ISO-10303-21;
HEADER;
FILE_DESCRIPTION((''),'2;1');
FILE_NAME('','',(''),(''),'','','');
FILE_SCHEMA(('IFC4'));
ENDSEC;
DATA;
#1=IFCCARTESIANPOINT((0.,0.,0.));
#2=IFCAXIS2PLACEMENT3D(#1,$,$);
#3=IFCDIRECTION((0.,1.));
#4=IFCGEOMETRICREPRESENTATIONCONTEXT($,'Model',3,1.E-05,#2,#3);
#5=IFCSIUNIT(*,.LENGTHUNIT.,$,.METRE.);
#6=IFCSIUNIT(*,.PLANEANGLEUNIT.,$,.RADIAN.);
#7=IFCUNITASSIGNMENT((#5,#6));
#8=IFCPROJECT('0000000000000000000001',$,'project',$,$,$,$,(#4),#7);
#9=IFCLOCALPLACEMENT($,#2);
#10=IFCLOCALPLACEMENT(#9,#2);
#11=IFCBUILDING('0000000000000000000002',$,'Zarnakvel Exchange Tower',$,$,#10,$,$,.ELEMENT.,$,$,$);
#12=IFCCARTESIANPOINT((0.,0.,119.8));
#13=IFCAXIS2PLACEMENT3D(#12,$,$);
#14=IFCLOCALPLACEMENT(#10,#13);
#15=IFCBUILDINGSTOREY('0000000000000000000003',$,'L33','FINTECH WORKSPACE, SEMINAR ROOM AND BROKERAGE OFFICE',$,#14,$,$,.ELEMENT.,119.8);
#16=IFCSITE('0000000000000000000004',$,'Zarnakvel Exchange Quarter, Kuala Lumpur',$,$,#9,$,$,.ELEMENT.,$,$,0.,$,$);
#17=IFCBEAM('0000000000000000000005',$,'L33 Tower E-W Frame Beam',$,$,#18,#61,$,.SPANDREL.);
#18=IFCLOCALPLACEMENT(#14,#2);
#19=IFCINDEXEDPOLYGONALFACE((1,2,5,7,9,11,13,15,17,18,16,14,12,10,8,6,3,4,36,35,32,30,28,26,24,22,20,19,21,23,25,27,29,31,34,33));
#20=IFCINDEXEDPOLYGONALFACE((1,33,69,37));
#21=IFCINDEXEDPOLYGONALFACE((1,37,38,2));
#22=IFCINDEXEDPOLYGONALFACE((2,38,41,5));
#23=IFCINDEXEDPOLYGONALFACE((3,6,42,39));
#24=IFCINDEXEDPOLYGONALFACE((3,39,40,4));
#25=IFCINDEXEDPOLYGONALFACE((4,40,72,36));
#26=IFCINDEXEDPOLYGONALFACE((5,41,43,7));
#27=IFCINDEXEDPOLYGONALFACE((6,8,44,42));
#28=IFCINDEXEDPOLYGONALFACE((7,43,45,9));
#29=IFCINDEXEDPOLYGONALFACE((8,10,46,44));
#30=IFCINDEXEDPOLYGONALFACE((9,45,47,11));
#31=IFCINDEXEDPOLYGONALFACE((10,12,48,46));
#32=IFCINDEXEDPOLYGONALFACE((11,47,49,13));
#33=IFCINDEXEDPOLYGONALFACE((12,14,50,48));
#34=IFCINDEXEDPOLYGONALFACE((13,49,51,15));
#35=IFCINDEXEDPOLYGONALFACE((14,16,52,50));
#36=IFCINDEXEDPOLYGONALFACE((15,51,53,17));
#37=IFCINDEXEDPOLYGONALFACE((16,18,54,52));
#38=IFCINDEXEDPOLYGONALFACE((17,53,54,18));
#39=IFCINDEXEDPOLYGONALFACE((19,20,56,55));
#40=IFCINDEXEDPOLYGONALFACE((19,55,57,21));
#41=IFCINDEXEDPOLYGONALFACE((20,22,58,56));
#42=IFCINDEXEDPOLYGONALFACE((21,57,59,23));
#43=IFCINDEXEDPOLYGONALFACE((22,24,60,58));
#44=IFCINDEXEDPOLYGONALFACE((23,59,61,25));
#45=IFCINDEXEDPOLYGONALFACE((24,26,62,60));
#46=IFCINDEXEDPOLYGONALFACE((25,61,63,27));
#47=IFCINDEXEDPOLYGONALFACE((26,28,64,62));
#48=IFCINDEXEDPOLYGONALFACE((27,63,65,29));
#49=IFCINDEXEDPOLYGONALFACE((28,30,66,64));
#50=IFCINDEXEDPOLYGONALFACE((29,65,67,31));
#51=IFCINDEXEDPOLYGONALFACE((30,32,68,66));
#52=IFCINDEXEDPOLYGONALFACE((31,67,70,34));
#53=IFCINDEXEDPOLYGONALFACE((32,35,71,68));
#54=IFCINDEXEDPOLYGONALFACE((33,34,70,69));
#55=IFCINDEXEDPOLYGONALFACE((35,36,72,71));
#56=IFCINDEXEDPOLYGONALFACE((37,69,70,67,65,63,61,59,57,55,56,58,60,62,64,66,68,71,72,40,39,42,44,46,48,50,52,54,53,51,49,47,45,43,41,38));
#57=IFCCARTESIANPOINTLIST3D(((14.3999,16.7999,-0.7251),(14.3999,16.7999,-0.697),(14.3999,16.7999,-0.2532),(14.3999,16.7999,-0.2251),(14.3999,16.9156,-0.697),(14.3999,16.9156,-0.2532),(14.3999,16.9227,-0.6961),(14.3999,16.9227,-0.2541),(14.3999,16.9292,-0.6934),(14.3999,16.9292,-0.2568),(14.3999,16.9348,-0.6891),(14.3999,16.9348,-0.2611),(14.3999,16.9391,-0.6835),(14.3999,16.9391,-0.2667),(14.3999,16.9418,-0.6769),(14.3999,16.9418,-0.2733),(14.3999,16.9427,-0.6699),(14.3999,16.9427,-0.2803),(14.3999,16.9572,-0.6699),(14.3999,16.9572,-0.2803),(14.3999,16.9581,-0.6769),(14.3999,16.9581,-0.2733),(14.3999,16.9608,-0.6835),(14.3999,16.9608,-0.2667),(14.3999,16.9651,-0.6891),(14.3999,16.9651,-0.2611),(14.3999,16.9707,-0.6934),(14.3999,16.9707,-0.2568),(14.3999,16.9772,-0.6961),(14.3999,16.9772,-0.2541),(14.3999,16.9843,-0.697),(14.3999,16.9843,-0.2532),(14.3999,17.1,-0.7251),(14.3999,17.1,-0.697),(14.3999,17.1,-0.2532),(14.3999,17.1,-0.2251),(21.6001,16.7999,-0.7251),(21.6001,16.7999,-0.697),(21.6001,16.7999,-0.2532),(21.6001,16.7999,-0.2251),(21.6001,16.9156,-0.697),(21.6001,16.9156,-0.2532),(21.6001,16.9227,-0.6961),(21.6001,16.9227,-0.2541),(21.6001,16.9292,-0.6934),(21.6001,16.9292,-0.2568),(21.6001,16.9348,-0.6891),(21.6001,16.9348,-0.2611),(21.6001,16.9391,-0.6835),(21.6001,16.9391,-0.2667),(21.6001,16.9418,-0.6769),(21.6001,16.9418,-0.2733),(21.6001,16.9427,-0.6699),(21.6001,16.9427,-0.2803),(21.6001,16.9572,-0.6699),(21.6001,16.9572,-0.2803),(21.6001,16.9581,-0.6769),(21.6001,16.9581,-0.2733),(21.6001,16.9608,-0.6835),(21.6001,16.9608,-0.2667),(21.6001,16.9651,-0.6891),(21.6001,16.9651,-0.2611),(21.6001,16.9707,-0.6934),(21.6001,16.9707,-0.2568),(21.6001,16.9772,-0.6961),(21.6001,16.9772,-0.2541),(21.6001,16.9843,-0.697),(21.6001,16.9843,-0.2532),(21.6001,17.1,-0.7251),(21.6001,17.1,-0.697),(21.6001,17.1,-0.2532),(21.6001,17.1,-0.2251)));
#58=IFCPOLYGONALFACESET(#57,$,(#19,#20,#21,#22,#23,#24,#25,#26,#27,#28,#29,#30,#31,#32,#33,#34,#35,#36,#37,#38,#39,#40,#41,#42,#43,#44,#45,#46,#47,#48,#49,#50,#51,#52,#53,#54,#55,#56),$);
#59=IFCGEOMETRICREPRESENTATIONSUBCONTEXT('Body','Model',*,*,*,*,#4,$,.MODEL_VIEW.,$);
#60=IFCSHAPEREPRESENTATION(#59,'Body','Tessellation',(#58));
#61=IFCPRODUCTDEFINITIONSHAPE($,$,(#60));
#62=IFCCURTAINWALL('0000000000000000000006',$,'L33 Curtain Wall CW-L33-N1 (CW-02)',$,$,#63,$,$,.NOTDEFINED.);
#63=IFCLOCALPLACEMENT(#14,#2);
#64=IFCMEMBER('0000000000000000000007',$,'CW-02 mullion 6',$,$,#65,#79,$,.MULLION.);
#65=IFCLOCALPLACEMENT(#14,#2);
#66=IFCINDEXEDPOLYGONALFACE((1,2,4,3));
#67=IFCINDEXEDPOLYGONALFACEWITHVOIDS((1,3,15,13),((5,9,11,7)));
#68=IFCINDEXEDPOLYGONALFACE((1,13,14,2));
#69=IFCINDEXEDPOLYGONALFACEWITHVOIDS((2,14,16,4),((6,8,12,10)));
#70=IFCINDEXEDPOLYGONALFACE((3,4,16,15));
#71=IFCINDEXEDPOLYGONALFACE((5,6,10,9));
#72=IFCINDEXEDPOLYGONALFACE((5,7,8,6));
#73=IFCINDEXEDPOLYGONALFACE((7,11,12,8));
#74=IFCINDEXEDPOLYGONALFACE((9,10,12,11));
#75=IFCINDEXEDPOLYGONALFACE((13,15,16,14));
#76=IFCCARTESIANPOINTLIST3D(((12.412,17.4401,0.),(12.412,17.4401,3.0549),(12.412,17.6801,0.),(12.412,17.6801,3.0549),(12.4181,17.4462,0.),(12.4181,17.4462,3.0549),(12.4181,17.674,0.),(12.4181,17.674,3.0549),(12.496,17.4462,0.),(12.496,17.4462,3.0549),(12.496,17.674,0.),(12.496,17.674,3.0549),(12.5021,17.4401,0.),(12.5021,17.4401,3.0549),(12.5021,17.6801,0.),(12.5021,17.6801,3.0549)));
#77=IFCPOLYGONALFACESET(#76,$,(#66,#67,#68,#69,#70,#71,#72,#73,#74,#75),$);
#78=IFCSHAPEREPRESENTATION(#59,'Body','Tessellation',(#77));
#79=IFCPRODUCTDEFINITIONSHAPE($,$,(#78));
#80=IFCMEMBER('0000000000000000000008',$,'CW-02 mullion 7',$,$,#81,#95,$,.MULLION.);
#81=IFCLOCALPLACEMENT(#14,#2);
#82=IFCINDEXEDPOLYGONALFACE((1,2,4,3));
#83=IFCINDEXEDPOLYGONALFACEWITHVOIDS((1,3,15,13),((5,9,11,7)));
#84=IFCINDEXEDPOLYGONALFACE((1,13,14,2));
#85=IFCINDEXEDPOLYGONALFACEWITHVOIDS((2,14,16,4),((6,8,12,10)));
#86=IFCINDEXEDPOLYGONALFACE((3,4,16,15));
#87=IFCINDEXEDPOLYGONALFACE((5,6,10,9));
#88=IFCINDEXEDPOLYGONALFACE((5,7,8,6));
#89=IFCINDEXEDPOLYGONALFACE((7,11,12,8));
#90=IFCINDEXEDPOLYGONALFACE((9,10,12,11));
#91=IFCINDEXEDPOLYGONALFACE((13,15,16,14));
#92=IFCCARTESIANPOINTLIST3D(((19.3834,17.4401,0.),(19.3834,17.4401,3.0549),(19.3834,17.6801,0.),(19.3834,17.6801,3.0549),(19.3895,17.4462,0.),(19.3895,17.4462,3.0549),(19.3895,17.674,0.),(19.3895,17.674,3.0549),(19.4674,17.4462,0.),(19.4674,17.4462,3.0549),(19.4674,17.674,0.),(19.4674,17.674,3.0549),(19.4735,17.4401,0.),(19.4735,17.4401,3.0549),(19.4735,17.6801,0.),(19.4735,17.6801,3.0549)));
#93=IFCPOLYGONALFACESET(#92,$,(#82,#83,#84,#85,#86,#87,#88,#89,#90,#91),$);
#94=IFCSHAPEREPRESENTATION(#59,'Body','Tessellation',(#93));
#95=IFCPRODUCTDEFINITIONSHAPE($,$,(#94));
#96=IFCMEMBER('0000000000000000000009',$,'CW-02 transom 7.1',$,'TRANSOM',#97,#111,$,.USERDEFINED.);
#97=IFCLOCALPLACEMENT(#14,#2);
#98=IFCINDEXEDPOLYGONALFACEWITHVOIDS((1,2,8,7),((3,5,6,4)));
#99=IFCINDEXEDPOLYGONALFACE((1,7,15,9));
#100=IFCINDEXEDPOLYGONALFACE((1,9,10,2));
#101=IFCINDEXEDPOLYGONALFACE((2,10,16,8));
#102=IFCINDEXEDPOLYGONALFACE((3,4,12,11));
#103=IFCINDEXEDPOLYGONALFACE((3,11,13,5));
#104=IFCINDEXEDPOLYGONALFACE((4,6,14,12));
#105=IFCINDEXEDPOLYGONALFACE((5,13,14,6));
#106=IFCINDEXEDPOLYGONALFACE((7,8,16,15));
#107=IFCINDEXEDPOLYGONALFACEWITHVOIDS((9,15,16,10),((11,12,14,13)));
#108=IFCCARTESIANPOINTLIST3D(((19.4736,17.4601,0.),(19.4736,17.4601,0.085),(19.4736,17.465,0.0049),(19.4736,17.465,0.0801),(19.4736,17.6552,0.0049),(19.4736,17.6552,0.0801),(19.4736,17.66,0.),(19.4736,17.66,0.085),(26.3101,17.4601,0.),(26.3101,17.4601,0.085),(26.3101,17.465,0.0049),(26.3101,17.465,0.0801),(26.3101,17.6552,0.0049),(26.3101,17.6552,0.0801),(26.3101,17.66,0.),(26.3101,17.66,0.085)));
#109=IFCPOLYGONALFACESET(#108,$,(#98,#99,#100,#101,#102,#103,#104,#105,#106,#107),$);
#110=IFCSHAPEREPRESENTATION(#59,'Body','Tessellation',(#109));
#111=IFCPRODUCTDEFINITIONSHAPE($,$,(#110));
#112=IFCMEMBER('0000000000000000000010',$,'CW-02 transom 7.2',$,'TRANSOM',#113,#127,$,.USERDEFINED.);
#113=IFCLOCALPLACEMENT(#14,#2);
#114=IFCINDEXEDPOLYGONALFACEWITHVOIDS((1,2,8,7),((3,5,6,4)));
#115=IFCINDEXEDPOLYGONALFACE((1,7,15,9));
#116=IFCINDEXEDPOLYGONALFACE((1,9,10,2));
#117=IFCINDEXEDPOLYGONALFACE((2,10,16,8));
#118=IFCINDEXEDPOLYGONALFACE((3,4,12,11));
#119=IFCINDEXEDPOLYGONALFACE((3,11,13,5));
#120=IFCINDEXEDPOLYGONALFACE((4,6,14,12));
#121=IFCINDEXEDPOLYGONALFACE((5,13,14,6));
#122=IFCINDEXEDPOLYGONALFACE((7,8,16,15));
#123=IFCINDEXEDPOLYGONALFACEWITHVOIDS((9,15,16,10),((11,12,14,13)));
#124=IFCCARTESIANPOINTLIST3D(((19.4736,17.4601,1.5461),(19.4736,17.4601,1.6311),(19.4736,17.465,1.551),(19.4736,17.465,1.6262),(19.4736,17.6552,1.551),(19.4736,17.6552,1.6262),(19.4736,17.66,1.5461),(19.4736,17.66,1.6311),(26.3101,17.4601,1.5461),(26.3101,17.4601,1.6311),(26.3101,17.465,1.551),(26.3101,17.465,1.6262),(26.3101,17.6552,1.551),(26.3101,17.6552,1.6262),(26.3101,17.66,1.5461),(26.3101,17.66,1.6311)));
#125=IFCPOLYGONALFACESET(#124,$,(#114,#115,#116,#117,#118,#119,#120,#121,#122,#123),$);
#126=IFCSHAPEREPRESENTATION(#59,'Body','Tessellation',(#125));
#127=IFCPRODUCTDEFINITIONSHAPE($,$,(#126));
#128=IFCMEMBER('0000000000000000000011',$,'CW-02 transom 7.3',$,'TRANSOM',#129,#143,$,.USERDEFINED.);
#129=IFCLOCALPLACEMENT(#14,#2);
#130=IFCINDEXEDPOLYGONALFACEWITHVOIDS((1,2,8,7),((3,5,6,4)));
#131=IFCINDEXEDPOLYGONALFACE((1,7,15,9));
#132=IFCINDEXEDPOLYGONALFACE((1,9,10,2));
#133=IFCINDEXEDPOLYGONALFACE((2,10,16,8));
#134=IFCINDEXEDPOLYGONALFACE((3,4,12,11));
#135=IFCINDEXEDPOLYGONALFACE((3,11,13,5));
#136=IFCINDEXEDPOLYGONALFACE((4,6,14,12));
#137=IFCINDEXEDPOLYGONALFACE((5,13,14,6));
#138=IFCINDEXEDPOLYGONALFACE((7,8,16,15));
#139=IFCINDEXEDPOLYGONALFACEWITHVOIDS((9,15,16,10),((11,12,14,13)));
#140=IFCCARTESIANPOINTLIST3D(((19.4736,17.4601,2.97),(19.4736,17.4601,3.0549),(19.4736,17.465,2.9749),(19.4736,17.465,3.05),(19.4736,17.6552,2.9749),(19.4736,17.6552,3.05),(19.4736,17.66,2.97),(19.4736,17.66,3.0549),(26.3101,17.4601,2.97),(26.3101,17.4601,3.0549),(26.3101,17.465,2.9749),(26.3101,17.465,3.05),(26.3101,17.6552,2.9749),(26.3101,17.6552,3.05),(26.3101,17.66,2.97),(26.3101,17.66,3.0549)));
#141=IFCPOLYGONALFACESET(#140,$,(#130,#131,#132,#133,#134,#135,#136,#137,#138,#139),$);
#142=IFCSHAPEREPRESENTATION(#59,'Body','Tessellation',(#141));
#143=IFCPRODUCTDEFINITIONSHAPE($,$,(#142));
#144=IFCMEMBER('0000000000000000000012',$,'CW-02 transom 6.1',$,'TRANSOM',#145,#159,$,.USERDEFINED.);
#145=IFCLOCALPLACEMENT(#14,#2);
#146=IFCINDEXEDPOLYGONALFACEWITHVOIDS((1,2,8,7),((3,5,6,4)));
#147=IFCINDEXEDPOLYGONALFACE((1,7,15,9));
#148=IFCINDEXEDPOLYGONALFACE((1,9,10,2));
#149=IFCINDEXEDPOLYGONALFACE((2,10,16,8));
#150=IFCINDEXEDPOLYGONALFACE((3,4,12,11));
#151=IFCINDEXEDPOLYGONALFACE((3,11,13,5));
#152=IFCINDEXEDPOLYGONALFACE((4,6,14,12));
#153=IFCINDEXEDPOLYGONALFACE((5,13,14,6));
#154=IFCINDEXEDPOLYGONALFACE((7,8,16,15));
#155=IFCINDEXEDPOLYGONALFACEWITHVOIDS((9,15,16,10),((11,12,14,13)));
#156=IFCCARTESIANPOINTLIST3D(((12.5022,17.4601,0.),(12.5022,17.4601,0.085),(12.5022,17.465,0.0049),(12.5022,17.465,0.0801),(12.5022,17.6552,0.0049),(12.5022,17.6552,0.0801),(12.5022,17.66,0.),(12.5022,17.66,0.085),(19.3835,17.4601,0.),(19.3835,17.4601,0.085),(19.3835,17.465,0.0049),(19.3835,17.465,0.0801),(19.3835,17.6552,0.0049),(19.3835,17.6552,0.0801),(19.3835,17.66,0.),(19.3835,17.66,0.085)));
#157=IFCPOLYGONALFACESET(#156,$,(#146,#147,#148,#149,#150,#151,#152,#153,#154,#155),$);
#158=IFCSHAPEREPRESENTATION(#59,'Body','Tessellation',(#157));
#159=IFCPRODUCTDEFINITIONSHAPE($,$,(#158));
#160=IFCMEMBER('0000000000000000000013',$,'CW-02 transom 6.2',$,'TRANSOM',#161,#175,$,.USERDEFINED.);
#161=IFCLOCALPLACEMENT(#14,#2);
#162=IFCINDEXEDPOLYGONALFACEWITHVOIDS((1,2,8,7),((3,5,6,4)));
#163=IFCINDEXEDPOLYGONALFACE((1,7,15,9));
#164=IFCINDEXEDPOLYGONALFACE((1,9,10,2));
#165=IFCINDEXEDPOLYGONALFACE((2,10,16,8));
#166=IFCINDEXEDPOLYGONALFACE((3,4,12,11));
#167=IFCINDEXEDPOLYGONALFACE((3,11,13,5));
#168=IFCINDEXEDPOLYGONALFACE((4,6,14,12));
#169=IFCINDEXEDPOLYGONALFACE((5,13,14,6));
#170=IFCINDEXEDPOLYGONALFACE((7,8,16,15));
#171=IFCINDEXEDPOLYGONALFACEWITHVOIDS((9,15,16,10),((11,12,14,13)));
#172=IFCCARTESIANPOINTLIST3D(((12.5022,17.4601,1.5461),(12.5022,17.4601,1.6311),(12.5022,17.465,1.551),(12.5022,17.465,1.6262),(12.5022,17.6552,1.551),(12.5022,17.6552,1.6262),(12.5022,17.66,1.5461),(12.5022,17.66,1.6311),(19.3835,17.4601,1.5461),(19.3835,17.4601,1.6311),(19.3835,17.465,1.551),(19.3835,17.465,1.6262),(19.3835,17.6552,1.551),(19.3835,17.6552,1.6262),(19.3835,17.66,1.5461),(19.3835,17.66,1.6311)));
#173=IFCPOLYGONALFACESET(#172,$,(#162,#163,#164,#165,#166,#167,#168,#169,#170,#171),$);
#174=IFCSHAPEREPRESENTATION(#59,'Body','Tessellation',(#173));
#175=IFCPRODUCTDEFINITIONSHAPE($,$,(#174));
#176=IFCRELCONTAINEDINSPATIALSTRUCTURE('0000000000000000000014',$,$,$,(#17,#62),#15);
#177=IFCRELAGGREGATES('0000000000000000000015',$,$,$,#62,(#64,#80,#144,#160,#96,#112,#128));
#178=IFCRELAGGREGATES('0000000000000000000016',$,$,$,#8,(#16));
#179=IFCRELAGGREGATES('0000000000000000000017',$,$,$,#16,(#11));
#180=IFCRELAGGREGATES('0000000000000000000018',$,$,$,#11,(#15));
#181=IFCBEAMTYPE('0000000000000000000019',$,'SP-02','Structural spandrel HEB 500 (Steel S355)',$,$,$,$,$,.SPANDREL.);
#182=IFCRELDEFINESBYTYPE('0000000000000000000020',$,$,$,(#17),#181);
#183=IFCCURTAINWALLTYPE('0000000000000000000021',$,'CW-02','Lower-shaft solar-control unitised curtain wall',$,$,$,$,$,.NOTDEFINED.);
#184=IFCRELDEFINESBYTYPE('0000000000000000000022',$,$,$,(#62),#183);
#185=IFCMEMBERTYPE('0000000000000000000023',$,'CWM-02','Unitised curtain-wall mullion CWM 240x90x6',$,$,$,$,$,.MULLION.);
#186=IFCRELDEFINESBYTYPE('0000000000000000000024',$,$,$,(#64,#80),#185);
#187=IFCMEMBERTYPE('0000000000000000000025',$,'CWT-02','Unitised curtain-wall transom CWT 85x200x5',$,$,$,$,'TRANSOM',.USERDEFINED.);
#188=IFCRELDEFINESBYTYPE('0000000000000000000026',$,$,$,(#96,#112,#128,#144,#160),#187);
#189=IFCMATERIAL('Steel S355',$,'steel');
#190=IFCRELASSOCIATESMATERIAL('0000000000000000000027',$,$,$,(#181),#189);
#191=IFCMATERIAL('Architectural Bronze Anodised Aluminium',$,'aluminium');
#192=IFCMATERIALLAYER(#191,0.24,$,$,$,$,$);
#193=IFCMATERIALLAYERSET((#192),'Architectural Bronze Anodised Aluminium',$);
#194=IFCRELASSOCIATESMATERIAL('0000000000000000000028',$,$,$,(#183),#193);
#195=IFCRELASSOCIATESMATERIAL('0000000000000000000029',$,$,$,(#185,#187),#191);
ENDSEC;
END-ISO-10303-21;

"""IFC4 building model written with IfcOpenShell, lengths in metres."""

from ifc_helpers import new_model, si_unit, direction, frame, origin, origin_2d, place, context, subcontext, project, spatial, hollow_rectangle, i_section, extrude, source, transform, mapped, material, layer, layer_set, material_profile, profile_set, type_object, element, aggregate, save


model = new_model("IFC4")

# Units and contexts
model_context = context("Model", 3, precision=1e-05, world=origin(), true_north=direction((0.0, 1.0)))
body_context = subcontext(model_context, "Body", "Model", "MODEL_VIEW")
ifc_project = project(units=[si_unit("LENGTHUNIT", "METRE"), si_unit("PLANEANGLEUNIT", "RADIAN")], contexts=[model_context])

# Site, building, storey
site_placement = place(None, origin())
site = spatial("IfcSite", under=ifc_project, at=site_placement, Name="Zarnakvel Exchange Quarter, Kuala Lumpur", CompositionType="ELEMENT", RefElevation=0.0)
building_placement = place(site_placement, origin())
building = spatial("IfcBuilding", under=site, at=building_placement, Name="Zarnakvel Exchange Tower", CompositionType="ELEMENT")
storey_placement = place(building_placement, frame((0.0, 0.0, 119.8)))
storey = spatial("IfcBuildingStorey", under=building, at=storey_placement, Name="L33", Description="FINTECH WORKSPACE, SEMINAR ROOM AND BROKERAGE OFFICE", CompositionType="ELEMENT", Elevation=119.8)

# Beam
ifc_material_1 = material(Name="Steel S355", Category="steel")
ifc_material_profile_1 = material_profile(ifc_material_1, i_section(OverallWidth=0.3, OverallDepth=0.5, WebThickness=0.0144, FlangeThickness=0.0281, FilletRadius=0.0271, at=origin_2d()))
ifc_profile_set_1 = profile_set([ifc_material_profile_1], Name="Steel S355")
beam_type_1 = type_object("IfcBeamType", Name="SP-02", Description="Structural spandrel HEB 500 (Steel S355)", PredefinedType="SPANDREL", material=ifc_profile_set_1)
beam_1_placement = place(storey_placement, frame((14.3999, 16.95, -0.4751), z_axis=(1.0, 0.0, 0.0), x_axis=(0.0, 1.0, 0.0)))
element("IfcBeam", 1, at=beam_1_placement, inside=storey, type_object=beam_type_1, Name="L33 Tower E-W Frame Beam", PredefinedType="SPANDREL", context=body_context, shape_type="SweptSolid", body=[
    extrude(i_section(OverallWidth=0.3, OverallDepth=0.5, WebThickness=0.0144, FlangeThickness=0.0281, FilletRadius=0.0271, at=origin_2d()), origin(), (0.0, 0.0, 1.0), 7.2002),
])

# Curtain wall, members
ifc_material_2 = material(Name="Architectural Bronze Anodised Aluminium", Category="aluminium")
ifc_layer_1 = layer(ifc_material_2, 0.24)
ifc_layer_set_1 = layer_set([ifc_layer_1], Name="Architectural Bronze Anodised Aluminium")
curtain_wall_type = type_object("IfcCurtainWallType", Name="CW-02", Description="Lower-shaft solar-control unitised curtain wall", PredefinedType="NOTDEFINED", material=ifc_layer_set_1)
curtain_wall_placement = place(storey_placement, origin())
curtain_wall = element("IfcCurtainWall", 2, at=curtain_wall_placement, inside=storey, type_object=curtain_wall_type, Name="L33 Curtain Wall CW-L33-N1 (CW-02)", PredefinedType="NOTDEFINED")
ifc_material_profile_2 = material_profile(ifc_material_2, hollow_rectangle(XDim=0.24, YDim=0.0901, WallThickness=0.0061, at=origin_2d()))
ifc_profile_set_2 = profile_set([ifc_material_profile_2], Name="Architectural Bronze Anodised Aluminium")
member_type_1 = type_object("IfcMemberType", Name="CWM-02", Description="Unitised curtain-wall mullion CWM 240x90x6", PredefinedType="MULLION", material=ifc_profile_set_2)
shared_shape_1 = source(origin(), body_context, "Body", "SweptSolid", [
    extrude(hollow_rectangle(XDim=0.24, YDim=0.0901, WallThickness=0.0061, at=origin_2d()), origin(), (0.0, 0.0, 1.0), 3.0549),
])
member_1_placement = place(storey_placement, frame((12.457, 17.5601, 0.0), z_axis=(0.0, 0.0, 1.0), x_axis=(0.0, 1.0, 0.0)))
member_1 = element("IfcMember", 3, at=member_1_placement, type_object=member_type_1, Name="CW-02 mullion 6", PredefinedType="MULLION", context=body_context, shape_type="MappedRepresentation", body=[
    mapped(shared_shape_1, transform((0.0, 0.0, 0.0), x_axis=(1.0, 0.0, 0.0), y_axis=(0.0, 1.0, 0.0), z_axis=(0.0, 0.0, 1.0), scale=1.0)),
])
member_2_placement = place(storey_placement, frame((19.4285, 17.5601, 0.0), z_axis=(0.0, 0.0, 1.0), x_axis=(0.0, 1.0, 0.0)))
member_2 = element("IfcMember", 4, at=member_2_placement, type_object=member_type_1, Name="CW-02 mullion 7", PredefinedType="MULLION", context=body_context, shape_type="MappedRepresentation", body=[
    mapped(shared_shape_1, transform((0.0, 0.0, 0.0), x_axis=(1.0, 0.0, 0.0), y_axis=(0.0, 1.0, 0.0), z_axis=(0.0, 0.0, 1.0), scale=1.0)),
])
ifc_material_profile_3 = material_profile(ifc_material_2, hollow_rectangle(XDim=0.2, YDim=0.085, WallThickness=0.0049, at=origin_2d()))
ifc_profile_set_3 = profile_set([ifc_material_profile_3], Name="Architectural Bronze Anodised Aluminium")
member_type_2 = type_object("IfcMemberType", Name="CWT-02", Description="Unitised curtain-wall transom CWT 85x200x5", ElementType="TRANSOM", PredefinedType="USERDEFINED", material=ifc_profile_set_3)
shared_shape_2 = source(origin(), body_context, "Body", "SweptSolid", [
    extrude(hollow_rectangle(XDim=0.2, YDim=0.085, WallThickness=0.0049, at=origin_2d()), origin(), (0.0, 0.0, 1.0), 6.8364),
])
member_3_placement = place(storey_placement, frame((19.4736, 17.5601, 0.0425), z_axis=(1.0, 0.0, 0.0), x_axis=(0.0, 1.0, 0.0)))
member_3 = element("IfcMember", 5, at=member_3_placement, type_object=member_type_2, Name="CW-02 transom 7.1", ObjectType="TRANSOM", PredefinedType="USERDEFINED", context=body_context, shape_type="MappedRepresentation", body=[
    mapped(shared_shape_2, transform((0.0, 0.0, 0.0), x_axis=(1.0, 0.0, 0.0), y_axis=(0.0, 1.0, 0.0), z_axis=(0.0, 0.0, 1.0), scale=1.0)),
])
member_4_placement = place(storey_placement, frame((19.4736, 17.5601, 1.5886), z_axis=(1.0, 0.0, 0.0), x_axis=(0.0, 1.0, 0.0)))
member_4 = element("IfcMember", 6, at=member_4_placement, type_object=member_type_2, Name="CW-02 transom 7.2", ObjectType="TRANSOM", PredefinedType="USERDEFINED", context=body_context, shape_type="MappedRepresentation", body=[
    mapped(shared_shape_2, transform((0.0, 0.0, 0.0), x_axis=(1.0, 0.0, 0.0), y_axis=(0.0, 1.0, 0.0), z_axis=(0.0, 0.0, 1.0), scale=1.0)),
])
member_5_placement = place(storey_placement, frame((19.4736, 17.5601, 3.0125), z_axis=(1.0, 0.0, 0.0), x_axis=(0.0, 1.0, 0.0)))
member_5 = element("IfcMember", 7, at=member_5_placement, type_object=member_type_2, Name="CW-02 transom 7.3", ObjectType="TRANSOM", PredefinedType="USERDEFINED", context=body_context, shape_type="MappedRepresentation", body=[
    mapped(shared_shape_2, transform((0.0, 0.0, 0.0), x_axis=(1.0, 0.0, 0.0), y_axis=(0.0, 1.0, 0.0), z_axis=(0.0, 0.0, 1.0), scale=1.0)),
])
shared_shape_3 = source(origin(), body_context, "Body", "SweptSolid", [
    extrude(hollow_rectangle(XDim=0.2, YDim=0.085, WallThickness=0.0049, at=origin_2d()), origin(), (0.0, 0.0, 1.0), 6.8813),
])
member_6_placement = place(storey_placement, frame((12.5022, 17.5601, 0.0425), z_axis=(1.0, 0.0, 0.0), x_axis=(0.0, 1.0, 0.0)))
member_6 = element("IfcMember", 8, at=member_6_placement, type_object=member_type_2, Name="CW-02 transom 6.1", ObjectType="TRANSOM", PredefinedType="USERDEFINED", context=body_context, shape_type="MappedRepresentation", body=[
    mapped(shared_shape_3, transform((0.0, 0.0, 0.0), x_axis=(1.0, 0.0, 0.0), y_axis=(0.0, 1.0, 0.0), z_axis=(0.0, 0.0, 1.0), scale=1.0)),
])
member_7_placement = place(storey_placement, frame((12.5022, 17.5601, 1.5886), z_axis=(1.0, 0.0, 0.0), x_axis=(0.0, 1.0, 0.0)))
member_7 = element("IfcMember", 9, at=member_7_placement, type_object=member_type_2, Name="CW-02 transom 6.2", ObjectType="TRANSOM", PredefinedType="USERDEFINED", context=body_context, shape_type="MappedRepresentation", body=[
    mapped(shared_shape_3, transform((0.0, 0.0, 0.0), x_axis=(1.0, 0.0, 0.0), y_axis=(0.0, 1.0, 0.0), z_axis=(0.0, 0.0, 1.0), scale=1.0)),
])
aggregate(curtain_wall, [member_1, member_2, member_6, member_7, member_3, member_4, member_5])

save(model, "model.ifc")
